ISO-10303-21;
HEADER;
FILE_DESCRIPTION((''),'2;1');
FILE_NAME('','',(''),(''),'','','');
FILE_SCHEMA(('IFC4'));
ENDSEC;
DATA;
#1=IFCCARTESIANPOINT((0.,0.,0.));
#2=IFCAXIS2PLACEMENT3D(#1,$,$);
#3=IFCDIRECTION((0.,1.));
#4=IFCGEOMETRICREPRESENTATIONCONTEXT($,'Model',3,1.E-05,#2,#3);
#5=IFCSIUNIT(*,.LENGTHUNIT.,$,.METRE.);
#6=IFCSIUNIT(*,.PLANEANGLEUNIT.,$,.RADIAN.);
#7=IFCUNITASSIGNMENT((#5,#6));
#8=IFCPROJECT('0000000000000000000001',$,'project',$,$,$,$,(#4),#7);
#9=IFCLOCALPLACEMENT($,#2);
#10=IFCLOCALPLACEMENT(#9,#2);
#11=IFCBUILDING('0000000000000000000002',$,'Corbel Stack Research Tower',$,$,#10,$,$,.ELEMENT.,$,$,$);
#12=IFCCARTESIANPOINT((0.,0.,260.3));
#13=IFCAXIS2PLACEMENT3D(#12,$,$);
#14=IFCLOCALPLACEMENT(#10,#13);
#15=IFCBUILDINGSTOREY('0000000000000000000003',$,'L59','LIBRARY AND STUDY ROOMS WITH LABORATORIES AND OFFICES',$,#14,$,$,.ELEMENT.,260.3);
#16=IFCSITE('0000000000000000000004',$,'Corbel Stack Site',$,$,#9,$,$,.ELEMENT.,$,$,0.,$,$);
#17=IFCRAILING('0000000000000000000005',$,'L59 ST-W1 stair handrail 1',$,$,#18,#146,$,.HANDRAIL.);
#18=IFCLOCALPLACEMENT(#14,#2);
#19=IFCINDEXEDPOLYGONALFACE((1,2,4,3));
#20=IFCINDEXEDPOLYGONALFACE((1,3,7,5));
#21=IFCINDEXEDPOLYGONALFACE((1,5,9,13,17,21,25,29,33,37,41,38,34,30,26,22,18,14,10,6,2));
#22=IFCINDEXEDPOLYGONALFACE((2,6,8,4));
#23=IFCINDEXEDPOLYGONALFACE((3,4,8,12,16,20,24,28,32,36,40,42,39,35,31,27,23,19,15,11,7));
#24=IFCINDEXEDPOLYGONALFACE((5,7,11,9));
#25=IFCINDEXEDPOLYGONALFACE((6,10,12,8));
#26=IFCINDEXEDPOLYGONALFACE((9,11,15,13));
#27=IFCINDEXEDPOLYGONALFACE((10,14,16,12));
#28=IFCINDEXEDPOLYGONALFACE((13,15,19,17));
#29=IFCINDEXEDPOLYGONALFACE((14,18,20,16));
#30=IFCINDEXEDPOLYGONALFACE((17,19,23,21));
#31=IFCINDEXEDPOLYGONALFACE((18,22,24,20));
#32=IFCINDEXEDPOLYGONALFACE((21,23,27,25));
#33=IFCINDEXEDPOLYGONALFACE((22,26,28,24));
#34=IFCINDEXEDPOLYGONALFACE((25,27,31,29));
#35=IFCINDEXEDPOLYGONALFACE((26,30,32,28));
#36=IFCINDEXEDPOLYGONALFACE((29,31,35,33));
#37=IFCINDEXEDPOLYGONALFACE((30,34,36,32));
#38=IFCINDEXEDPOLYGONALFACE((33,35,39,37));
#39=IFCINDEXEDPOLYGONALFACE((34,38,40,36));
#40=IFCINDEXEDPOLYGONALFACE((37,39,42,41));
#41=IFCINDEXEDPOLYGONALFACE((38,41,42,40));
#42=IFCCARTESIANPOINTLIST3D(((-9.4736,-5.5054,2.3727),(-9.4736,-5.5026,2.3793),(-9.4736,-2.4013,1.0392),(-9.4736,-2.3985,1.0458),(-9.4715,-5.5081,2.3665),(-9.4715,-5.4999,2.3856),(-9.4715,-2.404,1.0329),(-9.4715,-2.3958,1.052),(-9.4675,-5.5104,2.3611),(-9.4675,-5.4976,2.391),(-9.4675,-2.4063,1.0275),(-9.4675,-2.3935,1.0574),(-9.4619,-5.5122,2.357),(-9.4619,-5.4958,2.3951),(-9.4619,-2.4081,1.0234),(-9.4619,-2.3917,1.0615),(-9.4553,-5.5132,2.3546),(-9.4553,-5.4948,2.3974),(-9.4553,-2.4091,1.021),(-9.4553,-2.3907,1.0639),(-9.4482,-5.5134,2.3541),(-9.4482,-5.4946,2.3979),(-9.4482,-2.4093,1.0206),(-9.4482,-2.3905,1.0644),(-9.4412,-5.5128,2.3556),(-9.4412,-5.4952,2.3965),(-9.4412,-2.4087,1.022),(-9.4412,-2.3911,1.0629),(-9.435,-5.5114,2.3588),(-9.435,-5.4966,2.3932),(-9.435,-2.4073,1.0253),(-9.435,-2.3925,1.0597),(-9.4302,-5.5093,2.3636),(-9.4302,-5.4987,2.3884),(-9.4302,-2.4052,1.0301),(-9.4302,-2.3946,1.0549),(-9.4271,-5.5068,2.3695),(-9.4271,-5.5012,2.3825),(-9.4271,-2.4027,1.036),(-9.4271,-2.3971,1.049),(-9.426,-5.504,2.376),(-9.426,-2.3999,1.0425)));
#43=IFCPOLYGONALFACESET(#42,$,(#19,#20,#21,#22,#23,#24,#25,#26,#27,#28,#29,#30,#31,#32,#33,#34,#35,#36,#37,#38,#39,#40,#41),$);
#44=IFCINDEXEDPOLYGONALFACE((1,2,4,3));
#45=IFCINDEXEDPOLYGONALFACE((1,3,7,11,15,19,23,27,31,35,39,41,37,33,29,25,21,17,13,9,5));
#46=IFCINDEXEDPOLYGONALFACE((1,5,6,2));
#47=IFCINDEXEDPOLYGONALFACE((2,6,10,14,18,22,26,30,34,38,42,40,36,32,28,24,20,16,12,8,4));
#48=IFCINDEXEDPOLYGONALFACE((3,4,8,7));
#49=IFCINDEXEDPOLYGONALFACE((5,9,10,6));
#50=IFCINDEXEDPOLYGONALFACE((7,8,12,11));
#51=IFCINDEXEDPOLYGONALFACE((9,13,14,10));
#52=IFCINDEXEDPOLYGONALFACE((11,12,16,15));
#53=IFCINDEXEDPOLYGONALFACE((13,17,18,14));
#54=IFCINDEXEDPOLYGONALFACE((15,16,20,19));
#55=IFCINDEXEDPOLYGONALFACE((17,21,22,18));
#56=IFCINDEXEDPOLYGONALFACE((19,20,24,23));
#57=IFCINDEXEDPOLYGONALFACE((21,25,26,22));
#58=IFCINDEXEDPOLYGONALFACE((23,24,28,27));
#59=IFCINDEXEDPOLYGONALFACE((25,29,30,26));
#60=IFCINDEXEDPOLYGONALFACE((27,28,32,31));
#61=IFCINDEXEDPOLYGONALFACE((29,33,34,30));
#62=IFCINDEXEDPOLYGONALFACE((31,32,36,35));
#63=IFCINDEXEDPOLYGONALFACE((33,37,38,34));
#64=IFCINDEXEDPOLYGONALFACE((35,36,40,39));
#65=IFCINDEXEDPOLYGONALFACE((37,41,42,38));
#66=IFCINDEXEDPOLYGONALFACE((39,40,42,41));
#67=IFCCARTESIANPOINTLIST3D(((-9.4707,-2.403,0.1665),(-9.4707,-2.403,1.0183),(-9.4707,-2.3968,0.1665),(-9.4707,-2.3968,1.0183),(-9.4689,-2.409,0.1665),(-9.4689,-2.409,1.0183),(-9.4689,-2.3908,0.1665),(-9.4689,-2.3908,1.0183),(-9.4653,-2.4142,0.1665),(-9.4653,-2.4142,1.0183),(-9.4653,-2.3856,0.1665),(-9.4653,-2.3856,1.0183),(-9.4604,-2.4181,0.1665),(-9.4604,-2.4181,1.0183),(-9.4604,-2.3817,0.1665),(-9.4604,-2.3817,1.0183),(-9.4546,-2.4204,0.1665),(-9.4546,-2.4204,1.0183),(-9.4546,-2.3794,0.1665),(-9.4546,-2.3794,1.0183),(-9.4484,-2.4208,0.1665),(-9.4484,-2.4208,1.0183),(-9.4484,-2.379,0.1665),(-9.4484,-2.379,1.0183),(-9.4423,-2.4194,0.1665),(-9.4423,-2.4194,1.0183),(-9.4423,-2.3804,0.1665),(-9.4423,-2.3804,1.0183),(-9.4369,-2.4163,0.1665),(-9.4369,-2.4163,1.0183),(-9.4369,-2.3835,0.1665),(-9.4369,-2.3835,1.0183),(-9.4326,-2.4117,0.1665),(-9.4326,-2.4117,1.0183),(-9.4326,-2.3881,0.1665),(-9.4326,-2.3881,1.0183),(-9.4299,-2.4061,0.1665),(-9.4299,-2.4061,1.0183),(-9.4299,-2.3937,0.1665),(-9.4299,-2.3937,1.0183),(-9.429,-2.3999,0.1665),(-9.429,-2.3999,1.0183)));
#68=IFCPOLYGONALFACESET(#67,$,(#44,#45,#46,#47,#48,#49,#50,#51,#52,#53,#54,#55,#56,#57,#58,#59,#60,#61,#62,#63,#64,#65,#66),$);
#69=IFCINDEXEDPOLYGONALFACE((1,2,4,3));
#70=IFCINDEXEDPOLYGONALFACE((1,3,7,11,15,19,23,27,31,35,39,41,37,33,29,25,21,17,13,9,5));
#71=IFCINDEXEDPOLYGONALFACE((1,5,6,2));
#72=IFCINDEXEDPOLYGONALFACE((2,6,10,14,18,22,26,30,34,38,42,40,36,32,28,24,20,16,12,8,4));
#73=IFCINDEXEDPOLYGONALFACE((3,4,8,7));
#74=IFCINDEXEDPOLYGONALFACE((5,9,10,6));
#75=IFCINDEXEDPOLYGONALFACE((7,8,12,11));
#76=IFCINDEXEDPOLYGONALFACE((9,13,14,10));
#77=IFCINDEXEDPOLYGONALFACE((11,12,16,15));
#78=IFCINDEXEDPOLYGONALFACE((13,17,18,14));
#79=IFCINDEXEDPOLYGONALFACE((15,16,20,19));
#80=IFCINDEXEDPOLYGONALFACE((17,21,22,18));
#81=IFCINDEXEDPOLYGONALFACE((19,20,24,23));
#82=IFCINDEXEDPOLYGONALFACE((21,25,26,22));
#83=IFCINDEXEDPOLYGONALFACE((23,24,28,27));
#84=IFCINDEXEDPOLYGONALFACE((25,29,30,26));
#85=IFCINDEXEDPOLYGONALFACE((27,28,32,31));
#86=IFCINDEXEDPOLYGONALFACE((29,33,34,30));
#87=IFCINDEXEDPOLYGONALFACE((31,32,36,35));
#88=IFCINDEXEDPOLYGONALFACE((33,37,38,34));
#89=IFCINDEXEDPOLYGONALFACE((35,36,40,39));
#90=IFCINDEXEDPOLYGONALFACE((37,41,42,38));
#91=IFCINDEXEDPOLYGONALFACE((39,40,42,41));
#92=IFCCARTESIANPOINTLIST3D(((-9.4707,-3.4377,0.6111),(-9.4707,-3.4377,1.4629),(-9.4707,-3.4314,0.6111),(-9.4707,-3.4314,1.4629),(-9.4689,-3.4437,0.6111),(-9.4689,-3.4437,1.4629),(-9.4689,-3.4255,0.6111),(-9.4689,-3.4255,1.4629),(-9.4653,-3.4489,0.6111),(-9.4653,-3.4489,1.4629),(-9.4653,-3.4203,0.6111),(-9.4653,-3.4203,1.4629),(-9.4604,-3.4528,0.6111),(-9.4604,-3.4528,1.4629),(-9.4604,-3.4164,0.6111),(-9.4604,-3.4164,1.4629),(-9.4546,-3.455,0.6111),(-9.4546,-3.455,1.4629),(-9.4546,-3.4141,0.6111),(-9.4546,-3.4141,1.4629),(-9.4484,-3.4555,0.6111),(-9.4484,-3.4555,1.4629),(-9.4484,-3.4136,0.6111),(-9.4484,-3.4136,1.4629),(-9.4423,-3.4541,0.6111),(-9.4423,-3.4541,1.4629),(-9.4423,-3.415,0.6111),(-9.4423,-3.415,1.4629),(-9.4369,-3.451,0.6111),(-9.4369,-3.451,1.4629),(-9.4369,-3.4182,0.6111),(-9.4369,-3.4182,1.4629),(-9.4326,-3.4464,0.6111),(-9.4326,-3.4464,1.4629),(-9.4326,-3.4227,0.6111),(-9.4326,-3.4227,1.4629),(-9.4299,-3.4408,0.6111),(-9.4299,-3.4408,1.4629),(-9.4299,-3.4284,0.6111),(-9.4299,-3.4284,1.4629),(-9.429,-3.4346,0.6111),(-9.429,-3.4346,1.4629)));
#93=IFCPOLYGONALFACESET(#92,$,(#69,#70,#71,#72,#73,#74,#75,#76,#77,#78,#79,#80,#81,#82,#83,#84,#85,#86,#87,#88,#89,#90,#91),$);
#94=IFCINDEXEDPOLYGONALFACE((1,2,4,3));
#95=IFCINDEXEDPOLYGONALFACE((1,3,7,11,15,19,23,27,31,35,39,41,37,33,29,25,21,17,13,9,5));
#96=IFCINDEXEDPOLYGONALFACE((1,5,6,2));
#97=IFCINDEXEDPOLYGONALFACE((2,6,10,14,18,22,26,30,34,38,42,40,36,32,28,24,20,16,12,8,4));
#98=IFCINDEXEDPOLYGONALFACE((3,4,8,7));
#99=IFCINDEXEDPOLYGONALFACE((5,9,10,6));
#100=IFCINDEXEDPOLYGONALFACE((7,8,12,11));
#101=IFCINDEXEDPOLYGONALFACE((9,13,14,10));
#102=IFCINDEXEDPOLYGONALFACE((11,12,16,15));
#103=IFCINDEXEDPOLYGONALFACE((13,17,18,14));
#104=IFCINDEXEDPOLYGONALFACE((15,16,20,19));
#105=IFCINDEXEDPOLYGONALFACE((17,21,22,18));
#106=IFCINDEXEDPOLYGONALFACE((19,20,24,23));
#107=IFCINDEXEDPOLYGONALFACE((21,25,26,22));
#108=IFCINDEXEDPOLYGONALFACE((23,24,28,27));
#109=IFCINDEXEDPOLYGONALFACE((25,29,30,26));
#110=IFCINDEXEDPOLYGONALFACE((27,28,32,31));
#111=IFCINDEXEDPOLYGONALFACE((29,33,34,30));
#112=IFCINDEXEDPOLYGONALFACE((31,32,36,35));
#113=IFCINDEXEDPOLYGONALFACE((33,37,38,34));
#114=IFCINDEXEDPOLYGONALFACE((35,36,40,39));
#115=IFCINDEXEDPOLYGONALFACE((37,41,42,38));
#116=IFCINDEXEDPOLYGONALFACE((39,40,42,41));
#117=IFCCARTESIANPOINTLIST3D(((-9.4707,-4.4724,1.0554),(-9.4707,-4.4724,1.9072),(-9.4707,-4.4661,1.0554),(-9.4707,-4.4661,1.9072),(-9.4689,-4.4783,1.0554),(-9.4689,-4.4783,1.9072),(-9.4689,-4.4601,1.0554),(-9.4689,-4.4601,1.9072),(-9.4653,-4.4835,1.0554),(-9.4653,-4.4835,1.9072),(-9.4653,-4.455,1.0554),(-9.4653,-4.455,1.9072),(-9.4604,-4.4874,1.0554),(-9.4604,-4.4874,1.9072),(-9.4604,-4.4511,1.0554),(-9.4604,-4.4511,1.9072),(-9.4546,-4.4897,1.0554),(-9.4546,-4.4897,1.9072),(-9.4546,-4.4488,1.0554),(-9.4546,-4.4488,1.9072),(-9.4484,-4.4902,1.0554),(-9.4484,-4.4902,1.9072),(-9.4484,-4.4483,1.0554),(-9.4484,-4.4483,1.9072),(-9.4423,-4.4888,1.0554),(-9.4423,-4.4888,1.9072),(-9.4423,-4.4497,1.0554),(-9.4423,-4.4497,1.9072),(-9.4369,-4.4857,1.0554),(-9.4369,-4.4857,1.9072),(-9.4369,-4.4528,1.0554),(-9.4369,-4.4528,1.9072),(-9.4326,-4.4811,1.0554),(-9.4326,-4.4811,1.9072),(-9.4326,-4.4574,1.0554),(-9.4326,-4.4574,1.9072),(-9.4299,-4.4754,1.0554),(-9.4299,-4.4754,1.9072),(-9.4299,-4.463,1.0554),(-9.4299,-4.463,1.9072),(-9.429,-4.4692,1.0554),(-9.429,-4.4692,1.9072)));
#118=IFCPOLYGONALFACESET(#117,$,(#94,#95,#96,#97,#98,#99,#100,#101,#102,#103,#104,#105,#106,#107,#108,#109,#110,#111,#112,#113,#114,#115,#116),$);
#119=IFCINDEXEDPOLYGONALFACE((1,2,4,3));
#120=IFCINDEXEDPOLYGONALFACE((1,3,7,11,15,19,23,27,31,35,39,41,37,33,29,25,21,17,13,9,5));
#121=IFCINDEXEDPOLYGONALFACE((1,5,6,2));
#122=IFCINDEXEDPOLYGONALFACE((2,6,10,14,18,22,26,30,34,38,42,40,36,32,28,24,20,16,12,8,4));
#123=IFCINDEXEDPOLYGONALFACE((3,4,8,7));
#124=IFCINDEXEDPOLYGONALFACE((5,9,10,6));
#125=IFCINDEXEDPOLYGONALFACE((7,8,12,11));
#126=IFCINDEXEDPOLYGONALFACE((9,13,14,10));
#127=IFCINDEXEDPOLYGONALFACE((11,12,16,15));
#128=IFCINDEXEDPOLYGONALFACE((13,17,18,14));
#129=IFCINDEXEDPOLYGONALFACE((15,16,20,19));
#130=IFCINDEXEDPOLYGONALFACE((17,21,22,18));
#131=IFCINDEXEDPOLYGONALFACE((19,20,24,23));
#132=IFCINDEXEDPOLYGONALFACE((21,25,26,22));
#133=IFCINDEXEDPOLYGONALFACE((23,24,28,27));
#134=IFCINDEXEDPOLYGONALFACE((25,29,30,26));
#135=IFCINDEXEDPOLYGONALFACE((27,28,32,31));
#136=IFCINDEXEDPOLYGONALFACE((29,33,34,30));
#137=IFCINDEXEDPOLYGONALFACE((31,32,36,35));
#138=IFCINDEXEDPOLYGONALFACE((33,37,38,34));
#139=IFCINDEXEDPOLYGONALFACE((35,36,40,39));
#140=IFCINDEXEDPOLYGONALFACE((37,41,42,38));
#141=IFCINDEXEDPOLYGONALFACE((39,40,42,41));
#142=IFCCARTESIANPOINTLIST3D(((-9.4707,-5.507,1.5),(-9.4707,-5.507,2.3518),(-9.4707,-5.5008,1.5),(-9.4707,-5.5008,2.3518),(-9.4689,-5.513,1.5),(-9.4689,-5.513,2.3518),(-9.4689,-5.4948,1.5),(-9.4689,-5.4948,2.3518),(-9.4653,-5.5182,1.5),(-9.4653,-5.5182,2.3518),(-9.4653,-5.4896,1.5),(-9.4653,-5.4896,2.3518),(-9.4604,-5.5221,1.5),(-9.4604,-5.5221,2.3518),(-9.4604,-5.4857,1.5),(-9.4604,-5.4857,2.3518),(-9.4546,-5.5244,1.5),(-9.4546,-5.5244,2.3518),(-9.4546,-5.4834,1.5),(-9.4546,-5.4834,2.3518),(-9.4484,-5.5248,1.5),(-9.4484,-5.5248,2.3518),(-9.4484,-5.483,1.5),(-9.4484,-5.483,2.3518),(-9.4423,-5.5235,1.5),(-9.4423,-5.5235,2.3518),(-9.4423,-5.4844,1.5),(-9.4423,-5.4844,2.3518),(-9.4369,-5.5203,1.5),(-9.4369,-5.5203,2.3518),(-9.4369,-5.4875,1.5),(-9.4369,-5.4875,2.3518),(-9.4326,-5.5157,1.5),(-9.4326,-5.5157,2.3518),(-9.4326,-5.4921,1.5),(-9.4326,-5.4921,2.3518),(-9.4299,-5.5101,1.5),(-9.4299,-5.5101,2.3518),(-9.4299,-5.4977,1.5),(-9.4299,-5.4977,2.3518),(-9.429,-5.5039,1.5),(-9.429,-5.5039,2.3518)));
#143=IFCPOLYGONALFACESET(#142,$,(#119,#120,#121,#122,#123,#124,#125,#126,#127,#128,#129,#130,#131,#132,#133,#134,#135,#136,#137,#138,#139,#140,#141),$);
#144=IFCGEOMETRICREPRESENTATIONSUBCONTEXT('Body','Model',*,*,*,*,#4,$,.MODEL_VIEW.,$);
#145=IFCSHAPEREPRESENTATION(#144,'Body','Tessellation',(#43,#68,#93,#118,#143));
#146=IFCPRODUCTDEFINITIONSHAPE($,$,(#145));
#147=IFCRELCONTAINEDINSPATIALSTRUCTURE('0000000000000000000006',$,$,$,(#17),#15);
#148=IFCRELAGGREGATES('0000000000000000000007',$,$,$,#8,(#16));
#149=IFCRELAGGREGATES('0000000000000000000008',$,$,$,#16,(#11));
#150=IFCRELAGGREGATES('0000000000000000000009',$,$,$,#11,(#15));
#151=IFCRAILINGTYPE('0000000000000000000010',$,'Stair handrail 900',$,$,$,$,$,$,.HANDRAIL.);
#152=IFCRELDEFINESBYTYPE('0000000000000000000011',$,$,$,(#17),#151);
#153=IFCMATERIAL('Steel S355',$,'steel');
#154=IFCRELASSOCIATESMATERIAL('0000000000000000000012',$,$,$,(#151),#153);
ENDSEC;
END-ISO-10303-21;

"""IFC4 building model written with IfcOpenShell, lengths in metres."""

from ifc_helpers import new_model, si_unit, direction, frame, origin, origin_2d, place, context, subcontext, project, spatial, circle, extrude, material, type_object, element, save


model = new_model("IFC4")

# Units and contexts
model_context = context("Model", 3, precision=1e-05, world=origin(), true_north=direction((0.0, 1.0)))
body_context = subcontext(model_context, "Body", "Model", "MODEL_VIEW")
ifc_project = project(units=[si_unit("LENGTHUNIT", "METRE"), si_unit("PLANEANGLEUNIT", "RADIAN")], contexts=[model_context])

# Site, building, storey
site_placement = place(None, origin())
site = spatial("IfcSite", under=ifc_project, at=site_placement, Name="Corbel Stack Site", CompositionType="ELEMENT", RefElevation=0.0)
building_placement = place(site_placement, origin())
building = spatial("IfcBuilding", under=site, at=building_placement, Name="Corbel Stack Research Tower", CompositionType="ELEMENT")
storey_placement = place(building_placement, frame((0.0, 0.0, 260.3)))
storey = spatial("IfcBuildingStorey", under=building, at=storey_placement, Name="L59", Description="LIBRARY AND STUDY ROOMS WITH LABORATORIES AND OFFICES", CompositionType="ELEMENT", Elevation=260.3)

# Railing
ifc_material_1 = material(Name="Steel S355", Category="steel")
railing_type_1 = type_object("IfcRailingType", Name="Stair handrail 900", PredefinedType="HANDRAIL", material=ifc_material_1)
for number, where, name in (
    (1, (-9.45, -2.3999, 0.1665), "L59 ST-W1 stair handrail 1"),
):
    element("IfcRailing", number, at=place(storey_placement, frame(where)), inside=storey, type_object=railing_type_1, Name=name, PredefinedType="HANDRAIL", context=body_context, shape_type="SweptSolid", body=[
        extrude(circle(Radius=0.0239, at=origin_2d()), frame((0.0, 0.0, 0.876), z_axis=(0.0, -0.918801, 0.394722), x_axis=(1.0, 0.0, 0.0)), (0.0, 0.0, 1.0), 3.3784),
        extrude(circle(Radius=0.021, at=origin_2d()), origin(), (0.0, 0.0, 1.0), 0.8518),
        extrude(circle(Radius=0.021, at=origin_2d()), frame((0.0, -1.0347, 0.4446)), (0.0, 0.0, 1.0), 0.8518),
        extrude(circle(Radius=0.021, at=origin_2d()), frame((0.0, -2.0693, 0.8889)), (0.0, 0.0, 1.0), 0.8518),
        extrude(circle(Radius=0.021, at=origin_2d()), frame((0.0, -3.104, 1.3335)), (0.0, 0.0, 1.0), 0.8518),
    ])

save(model, "model.ifc")
